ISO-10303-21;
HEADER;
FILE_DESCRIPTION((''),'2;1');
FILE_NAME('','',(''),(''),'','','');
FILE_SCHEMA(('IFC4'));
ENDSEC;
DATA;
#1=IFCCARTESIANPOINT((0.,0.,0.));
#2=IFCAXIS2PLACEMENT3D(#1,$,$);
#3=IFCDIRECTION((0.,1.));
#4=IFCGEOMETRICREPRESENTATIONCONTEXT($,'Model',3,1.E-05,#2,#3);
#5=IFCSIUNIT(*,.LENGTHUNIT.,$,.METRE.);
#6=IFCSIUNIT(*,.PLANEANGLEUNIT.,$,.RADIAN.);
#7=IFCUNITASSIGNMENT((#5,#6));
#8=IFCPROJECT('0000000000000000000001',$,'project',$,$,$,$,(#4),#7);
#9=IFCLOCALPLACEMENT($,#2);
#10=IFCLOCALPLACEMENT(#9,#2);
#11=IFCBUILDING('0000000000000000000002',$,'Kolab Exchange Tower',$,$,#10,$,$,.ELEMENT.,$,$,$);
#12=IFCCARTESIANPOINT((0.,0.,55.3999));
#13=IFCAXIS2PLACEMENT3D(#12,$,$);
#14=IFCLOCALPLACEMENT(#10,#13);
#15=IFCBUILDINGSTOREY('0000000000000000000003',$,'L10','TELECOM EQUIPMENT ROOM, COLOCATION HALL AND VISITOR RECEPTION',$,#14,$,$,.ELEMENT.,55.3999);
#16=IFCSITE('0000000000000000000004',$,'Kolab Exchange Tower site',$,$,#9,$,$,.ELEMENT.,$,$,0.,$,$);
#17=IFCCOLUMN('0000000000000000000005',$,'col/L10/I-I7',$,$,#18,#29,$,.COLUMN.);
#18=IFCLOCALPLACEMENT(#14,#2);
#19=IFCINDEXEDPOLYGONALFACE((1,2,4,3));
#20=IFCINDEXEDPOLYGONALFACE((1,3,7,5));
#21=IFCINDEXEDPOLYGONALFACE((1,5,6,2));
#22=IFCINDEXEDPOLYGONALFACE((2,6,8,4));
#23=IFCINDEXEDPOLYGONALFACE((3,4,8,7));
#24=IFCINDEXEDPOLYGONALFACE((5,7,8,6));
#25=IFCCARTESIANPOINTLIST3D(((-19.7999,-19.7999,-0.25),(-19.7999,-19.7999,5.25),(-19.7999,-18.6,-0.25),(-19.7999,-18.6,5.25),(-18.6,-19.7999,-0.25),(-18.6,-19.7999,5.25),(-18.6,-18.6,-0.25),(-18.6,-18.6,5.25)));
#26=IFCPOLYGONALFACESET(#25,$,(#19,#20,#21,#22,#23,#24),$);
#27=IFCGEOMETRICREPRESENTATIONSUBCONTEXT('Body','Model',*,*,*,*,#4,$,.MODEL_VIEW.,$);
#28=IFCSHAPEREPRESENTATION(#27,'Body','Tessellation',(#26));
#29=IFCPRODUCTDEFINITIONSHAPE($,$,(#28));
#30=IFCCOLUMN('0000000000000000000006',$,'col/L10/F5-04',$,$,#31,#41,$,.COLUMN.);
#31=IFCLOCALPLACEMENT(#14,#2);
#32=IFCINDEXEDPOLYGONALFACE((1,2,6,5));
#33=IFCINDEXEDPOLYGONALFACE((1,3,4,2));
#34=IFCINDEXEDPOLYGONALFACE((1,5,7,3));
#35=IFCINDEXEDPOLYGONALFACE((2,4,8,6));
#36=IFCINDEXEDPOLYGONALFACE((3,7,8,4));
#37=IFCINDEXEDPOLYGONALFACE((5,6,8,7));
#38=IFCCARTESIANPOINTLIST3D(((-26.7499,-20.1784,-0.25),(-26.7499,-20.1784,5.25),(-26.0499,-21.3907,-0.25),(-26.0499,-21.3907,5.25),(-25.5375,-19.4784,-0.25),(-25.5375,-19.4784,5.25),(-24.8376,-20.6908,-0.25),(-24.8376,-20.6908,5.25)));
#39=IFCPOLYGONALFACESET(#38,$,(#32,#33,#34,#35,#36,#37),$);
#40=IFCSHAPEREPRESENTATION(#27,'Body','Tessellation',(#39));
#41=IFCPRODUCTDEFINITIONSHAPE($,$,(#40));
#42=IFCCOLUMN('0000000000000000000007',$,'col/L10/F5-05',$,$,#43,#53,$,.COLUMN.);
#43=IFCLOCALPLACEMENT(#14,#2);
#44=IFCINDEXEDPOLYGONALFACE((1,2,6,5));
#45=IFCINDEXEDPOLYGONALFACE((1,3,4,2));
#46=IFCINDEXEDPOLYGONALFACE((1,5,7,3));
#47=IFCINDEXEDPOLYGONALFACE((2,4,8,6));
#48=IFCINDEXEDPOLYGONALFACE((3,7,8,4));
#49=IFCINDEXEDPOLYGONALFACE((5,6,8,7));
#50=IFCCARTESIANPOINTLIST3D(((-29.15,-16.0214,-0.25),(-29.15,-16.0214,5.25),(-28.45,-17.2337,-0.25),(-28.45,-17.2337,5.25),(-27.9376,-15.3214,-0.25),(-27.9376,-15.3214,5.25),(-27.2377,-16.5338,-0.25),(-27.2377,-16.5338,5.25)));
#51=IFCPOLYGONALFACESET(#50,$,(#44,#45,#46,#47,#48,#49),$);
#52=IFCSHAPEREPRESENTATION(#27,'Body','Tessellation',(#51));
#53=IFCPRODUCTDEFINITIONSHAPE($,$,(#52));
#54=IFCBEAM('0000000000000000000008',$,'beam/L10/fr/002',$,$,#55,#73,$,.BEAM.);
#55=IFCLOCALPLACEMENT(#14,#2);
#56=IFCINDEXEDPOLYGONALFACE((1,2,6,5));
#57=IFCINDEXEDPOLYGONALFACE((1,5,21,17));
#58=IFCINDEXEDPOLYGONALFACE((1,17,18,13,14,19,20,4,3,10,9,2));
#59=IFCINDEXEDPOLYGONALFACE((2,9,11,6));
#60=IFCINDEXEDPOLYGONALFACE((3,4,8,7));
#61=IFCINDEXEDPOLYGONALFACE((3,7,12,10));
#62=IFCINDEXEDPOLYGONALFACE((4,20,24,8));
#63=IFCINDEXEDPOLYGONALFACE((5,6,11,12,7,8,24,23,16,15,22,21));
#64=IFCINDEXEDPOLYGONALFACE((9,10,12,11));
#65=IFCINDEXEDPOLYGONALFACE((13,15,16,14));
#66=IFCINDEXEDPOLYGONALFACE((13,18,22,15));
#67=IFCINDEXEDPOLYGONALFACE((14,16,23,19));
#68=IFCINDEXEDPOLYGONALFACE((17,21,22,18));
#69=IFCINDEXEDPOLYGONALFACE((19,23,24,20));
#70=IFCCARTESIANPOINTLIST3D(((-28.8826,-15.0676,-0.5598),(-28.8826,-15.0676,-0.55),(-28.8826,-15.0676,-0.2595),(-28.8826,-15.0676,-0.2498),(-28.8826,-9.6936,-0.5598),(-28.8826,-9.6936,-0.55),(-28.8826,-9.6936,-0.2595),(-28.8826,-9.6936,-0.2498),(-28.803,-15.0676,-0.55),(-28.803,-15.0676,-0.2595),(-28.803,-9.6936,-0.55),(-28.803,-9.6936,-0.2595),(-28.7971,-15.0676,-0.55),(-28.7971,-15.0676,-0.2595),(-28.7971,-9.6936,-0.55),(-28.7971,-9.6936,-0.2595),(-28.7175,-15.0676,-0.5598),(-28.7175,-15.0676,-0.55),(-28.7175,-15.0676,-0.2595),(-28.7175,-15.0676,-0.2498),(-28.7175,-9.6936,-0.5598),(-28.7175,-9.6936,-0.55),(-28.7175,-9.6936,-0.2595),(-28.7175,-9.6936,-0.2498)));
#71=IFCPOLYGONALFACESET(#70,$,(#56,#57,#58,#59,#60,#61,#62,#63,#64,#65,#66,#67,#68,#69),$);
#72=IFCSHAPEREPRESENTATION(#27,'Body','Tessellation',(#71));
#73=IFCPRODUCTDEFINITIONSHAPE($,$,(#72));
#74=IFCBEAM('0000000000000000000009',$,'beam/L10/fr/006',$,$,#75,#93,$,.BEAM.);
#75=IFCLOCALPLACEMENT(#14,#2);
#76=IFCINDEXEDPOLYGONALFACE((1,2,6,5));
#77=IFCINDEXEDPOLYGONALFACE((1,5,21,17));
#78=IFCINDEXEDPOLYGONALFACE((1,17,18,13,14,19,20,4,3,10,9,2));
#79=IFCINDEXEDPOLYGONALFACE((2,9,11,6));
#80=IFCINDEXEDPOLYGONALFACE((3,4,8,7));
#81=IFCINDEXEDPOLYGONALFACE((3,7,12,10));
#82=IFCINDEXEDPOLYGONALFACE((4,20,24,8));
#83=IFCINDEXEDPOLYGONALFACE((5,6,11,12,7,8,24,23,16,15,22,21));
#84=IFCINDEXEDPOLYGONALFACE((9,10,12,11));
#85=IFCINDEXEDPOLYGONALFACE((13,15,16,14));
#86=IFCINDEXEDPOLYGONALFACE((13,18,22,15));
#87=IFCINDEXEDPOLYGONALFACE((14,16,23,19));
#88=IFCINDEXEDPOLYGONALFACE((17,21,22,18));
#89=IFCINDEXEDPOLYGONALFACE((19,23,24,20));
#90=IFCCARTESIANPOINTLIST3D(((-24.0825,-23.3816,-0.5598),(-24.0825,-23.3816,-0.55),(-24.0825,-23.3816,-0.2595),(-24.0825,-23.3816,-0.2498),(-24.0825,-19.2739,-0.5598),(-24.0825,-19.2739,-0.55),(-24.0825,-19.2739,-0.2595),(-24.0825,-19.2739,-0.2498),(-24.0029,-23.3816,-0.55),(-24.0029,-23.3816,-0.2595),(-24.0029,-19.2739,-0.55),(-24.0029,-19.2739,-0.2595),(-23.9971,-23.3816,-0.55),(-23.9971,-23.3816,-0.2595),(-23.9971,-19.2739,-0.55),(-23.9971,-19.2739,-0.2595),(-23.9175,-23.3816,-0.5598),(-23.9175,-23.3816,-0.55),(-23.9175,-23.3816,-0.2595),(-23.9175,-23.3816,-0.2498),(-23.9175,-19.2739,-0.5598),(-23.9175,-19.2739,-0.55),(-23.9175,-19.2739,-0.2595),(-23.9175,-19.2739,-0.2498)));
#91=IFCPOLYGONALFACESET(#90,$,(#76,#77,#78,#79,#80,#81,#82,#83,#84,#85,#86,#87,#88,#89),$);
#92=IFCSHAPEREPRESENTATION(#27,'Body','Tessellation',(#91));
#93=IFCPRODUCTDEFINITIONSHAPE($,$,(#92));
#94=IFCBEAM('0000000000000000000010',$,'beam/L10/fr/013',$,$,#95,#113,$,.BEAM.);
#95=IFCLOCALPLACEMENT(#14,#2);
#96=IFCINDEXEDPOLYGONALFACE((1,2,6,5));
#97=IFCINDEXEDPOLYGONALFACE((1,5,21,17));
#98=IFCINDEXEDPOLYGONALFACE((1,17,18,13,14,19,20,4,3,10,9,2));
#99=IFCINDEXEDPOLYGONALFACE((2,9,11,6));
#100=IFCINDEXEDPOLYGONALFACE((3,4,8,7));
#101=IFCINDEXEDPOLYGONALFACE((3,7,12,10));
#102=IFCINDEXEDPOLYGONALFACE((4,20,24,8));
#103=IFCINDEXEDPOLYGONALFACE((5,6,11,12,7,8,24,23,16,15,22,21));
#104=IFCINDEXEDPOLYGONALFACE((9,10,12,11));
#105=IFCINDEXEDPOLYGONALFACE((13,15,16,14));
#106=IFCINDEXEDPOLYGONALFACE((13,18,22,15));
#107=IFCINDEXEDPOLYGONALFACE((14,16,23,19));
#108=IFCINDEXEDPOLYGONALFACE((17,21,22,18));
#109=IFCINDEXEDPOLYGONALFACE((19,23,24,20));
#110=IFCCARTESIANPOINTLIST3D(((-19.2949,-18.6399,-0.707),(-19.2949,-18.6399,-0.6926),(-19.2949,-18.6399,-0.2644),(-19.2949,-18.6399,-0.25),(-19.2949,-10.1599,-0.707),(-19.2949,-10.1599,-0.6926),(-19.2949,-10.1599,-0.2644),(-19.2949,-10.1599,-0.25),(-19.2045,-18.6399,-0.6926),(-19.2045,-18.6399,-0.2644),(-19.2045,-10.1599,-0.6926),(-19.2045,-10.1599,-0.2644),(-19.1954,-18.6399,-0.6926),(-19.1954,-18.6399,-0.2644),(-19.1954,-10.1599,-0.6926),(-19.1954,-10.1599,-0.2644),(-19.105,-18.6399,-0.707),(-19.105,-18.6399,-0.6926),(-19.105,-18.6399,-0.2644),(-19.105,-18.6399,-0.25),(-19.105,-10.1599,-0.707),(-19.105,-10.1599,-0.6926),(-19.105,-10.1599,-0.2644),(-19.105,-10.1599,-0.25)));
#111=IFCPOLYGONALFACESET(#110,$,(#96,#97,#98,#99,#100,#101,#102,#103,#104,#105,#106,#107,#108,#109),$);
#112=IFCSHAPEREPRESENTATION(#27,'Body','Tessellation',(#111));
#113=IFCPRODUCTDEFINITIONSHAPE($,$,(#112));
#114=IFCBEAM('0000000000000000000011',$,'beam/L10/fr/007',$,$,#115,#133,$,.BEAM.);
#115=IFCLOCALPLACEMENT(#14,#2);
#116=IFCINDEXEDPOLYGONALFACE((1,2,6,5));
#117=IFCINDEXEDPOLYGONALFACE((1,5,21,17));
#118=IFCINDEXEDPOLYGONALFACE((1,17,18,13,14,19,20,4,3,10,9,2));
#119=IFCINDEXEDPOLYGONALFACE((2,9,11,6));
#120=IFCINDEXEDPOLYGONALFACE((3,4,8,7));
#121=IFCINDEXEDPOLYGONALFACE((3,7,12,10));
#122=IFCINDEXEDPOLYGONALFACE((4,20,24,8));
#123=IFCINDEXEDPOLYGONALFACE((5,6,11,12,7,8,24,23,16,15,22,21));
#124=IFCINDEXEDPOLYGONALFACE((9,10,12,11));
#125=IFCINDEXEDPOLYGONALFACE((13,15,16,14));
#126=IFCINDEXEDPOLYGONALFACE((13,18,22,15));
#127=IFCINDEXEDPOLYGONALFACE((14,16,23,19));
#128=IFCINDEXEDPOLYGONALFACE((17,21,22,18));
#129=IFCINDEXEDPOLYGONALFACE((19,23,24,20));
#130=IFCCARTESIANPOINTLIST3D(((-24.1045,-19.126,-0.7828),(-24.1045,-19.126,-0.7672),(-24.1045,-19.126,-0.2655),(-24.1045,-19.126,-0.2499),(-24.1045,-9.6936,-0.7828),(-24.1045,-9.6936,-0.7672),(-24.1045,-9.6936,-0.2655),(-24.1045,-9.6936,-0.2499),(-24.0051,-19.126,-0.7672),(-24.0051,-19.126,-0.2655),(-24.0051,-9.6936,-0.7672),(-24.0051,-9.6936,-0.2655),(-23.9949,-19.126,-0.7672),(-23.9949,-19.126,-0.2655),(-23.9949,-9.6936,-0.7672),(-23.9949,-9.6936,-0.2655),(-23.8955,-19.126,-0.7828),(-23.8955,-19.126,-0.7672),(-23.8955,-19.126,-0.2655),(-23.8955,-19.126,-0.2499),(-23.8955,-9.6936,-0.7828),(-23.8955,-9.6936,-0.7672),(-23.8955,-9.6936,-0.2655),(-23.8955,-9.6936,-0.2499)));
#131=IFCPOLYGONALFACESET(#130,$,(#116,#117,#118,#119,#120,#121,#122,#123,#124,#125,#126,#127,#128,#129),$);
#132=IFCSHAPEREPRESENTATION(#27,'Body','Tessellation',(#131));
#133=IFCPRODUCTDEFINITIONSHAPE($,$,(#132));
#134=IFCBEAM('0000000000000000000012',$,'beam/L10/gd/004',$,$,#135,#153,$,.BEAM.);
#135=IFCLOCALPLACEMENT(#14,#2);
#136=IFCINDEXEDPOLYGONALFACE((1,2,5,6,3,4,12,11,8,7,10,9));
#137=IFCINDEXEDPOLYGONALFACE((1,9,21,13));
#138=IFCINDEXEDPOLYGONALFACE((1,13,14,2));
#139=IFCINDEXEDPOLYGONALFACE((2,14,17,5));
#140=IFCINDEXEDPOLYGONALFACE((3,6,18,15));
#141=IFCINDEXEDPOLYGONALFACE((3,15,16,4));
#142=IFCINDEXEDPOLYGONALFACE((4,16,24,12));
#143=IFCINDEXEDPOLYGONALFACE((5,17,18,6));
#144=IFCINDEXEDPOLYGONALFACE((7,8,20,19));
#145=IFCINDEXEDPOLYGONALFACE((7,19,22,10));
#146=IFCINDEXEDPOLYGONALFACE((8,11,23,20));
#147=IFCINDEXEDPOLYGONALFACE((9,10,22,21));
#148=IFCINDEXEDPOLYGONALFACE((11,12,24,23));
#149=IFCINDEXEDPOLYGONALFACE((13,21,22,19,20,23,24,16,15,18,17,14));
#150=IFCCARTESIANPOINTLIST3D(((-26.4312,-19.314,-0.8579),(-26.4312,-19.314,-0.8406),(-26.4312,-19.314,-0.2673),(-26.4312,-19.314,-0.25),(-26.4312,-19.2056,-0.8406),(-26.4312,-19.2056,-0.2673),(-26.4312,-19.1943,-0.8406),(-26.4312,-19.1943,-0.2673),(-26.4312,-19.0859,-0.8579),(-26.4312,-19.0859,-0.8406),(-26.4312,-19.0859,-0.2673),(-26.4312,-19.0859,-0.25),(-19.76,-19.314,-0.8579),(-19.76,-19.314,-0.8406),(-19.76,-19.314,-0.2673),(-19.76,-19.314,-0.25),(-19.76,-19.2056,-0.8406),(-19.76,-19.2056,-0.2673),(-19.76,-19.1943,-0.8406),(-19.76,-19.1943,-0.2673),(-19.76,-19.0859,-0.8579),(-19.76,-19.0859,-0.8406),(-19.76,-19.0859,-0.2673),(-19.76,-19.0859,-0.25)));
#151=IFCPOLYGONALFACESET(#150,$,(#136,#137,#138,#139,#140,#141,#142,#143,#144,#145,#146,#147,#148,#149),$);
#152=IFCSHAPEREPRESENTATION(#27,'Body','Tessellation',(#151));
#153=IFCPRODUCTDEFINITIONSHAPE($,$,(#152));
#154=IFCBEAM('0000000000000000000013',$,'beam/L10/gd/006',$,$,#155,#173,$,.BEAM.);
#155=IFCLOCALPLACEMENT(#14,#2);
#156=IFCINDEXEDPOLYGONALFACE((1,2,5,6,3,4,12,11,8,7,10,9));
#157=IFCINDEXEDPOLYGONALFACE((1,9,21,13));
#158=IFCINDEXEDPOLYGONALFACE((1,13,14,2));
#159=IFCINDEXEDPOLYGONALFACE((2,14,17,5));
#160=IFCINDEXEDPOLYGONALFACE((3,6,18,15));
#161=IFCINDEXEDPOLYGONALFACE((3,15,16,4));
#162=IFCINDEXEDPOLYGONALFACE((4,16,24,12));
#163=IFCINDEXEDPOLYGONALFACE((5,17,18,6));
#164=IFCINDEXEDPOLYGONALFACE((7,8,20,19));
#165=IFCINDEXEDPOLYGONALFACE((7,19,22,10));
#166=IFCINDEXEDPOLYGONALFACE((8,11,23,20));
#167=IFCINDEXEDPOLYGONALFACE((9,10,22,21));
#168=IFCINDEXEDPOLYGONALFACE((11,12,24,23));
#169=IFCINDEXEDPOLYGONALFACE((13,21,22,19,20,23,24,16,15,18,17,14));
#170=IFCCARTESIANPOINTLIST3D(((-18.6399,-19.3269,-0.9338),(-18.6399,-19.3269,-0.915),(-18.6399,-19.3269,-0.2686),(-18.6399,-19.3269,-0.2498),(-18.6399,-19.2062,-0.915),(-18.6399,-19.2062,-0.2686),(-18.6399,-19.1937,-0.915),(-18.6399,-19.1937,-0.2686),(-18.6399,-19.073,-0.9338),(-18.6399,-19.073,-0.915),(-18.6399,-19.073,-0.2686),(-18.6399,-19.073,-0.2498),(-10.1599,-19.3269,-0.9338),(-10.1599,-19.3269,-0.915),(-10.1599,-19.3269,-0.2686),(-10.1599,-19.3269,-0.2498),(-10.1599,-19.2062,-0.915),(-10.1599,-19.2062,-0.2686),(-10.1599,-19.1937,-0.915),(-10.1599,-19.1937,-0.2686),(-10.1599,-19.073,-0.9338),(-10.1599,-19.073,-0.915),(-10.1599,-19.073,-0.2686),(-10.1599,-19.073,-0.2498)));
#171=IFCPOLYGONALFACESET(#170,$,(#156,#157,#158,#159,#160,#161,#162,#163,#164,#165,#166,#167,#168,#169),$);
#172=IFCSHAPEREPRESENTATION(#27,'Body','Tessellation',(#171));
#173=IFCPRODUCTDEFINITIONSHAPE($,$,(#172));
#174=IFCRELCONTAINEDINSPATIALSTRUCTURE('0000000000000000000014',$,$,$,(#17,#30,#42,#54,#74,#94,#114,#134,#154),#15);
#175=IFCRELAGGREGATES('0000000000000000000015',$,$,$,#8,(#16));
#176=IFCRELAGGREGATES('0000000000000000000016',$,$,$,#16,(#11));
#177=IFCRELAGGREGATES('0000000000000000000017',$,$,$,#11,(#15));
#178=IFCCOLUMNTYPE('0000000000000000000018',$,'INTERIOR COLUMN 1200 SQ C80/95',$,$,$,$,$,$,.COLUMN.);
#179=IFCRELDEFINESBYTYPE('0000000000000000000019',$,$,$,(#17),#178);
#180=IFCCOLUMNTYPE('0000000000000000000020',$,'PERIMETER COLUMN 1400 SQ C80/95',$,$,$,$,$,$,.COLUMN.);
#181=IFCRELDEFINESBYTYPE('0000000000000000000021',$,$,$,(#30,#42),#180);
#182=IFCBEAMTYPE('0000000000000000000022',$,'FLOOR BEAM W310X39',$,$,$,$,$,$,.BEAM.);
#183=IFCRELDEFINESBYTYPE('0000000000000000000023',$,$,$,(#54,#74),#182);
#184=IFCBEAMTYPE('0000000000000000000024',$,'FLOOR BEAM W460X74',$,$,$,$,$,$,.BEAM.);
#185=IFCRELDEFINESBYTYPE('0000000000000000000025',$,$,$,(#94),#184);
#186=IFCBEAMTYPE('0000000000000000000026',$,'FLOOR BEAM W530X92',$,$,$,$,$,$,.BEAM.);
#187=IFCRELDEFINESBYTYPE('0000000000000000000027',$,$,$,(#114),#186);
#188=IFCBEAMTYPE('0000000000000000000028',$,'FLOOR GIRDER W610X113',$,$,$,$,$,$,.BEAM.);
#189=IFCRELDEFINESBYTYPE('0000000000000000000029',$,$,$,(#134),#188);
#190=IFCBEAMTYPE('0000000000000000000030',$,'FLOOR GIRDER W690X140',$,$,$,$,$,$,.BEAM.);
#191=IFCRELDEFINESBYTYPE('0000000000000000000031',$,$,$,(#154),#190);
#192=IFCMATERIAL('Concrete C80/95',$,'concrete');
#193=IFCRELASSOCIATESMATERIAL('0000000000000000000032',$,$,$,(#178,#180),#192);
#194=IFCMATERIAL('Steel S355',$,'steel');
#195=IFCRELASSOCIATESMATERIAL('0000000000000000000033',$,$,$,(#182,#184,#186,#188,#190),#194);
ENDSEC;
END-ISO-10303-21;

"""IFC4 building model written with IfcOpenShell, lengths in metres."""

from ifc_helpers import new_model, si_unit, direction, frame, origin, origin_2d, place, context, subcontext, project, spatial, rectangle, i_section, extrude, material, material_profile, profile_set, type_object, element, save


model = new_model("IFC4")

# Units and contexts
model_context = context("Model", 3, precision=1e-05, world=origin(), true_north=direction((0.0, 1.0)))
body_context = subcontext(model_context, "Body", "Model", "MODEL_VIEW")
ifc_project = project(units=[si_unit("LENGTHUNIT", "METRE"), si_unit("PLANEANGLEUNIT", "RADIAN")], contexts=[model_context])

# Site, building, storey
site_placement = place(None, origin())
site = spatial("IfcSite", under=ifc_project, at=site_placement, Name="Kolab Exchange Tower site", CompositionType="ELEMENT", RefElevation=0.0)
building_placement = place(site_placement, origin())
building = spatial("IfcBuilding", under=site, at=building_placement, Name="Kolab Exchange Tower", CompositionType="ELEMENT")
storey_placement = place(building_placement, frame((0.0, 0.0, 55.3999)))
storey = spatial("IfcBuildingStorey", under=building, at=storey_placement, Name="L10", Description="TELECOM EQUIPMENT ROOM, COLOCATION HALL AND VISITOR RECEPTION", CompositionType="ELEMENT", Elevation=55.3999)

# Columns
ifc_material_1 = material(Name="Concrete C80/95", Category="concrete")
ifc_material_profile_1 = material_profile(ifc_material_1, rectangle(XDim=1.2, YDim=1.2, at=origin_2d()), Name="RC1200")
ifc_profile_set_1 = profile_set([ifc_material_profile_1], Name="Concrete C80/95")
column_type_1 = type_object("IfcColumnType", Name="INTERIOR COLUMN 1200 SQ C80/95", PredefinedType="COLUMN", material=ifc_profile_set_1)
column_placement = place(storey_placement, frame((-19.2, -19.2, -0.25), z_axis=(0.0, 0.0, 1.0), x_axis=(1.0, 0.0, 0.0)))
element("IfcColumn", 1, at=column_placement, inside=storey, type_object=column_type_1, Name="col/L10/I-I7", PredefinedType="COLUMN", context=body_context, shape_type="SweptSolid", body=[
    extrude(rectangle(XDim=1.2, YDim=1.2, at=origin_2d()), origin(), (0.0, 0.0, 1.0), 5.5),
])
ifc_material_profile_2 = material_profile(ifc_material_1, rectangle(XDim=1.3999, YDim=1.3999, at=origin_2d()), Name="RC1400")
ifc_profile_set_2 = profile_set([ifc_material_profile_2], Name="Concrete C80/95")
column_type_2 = type_object("IfcColumnType", Name="PERIMETER COLUMN 1400 SQ C80/95", PredefinedType="COLUMN", material=ifc_profile_set_2)
for number, where, z_axis, x_axis, name in (
    (2, (-25.7937, -20.4346, -0.25), (0.0, 0.0, 1.0), (0.866025, 0.5, 0.0), "col/L10/F5-04"),
    (3, (-28.1938, -16.2776, -0.25), (0.0, 0.0, 1.0), (0.866025, 0.5, 0.0), "col/L10/F5-05"),
):
    element("IfcColumn", number, at=place(storey_placement, frame(where, z_axis=z_axis, x_axis=x_axis)), inside=storey, type_object=column_type_2, Name=name, PredefinedType="COLUMN", context=body_context, shape_type="SweptSolid", body=[
        extrude(rectangle(XDim=1.3999, YDim=1.3999, at=origin_2d()), origin(), (0.0, 0.0, 1.0), 5.5),
    ])

# Beams
ifc_material_2 = material(Name="Steel S355", Category="steel")
ifc_material_profile_3 = material_profile(ifc_material_2, i_section(OverallWidth=0.165, OverallDepth=0.3101, WebThickness=0.0059, FlangeThickness=0.0098, at=origin_2d()), Name="W310X39")
ifc_profile_set_3 = profile_set([ifc_material_profile_3], Name="Steel S355")
beam_type_1 = type_object("IfcBeamType", Name="FLOOR BEAM W310X39", PredefinedType="BEAM", material=ifc_profile_set_3)
beam_1_placement = place(storey_placement, frame((-28.8, -15.0676, -0.4048), z_axis=(0.0, 1.0, 0.0), x_axis=(-1.0, 0.0, 0.0)))
element("IfcBeam", 4, at=beam_1_placement, inside=storey, type_object=beam_type_1, Name="beam/L10/fr/002", PredefinedType="BEAM", context=body_context, shape_type="SweptSolid", body=[
    extrude(i_section(OverallWidth=0.165, OverallDepth=0.3101, WebThickness=0.0059, FlangeThickness=0.0098, at=origin_2d()), origin(), (0.0, 0.0, 1.0), 5.374),
])
beam_2_placement = place(storey_placement, frame((-24.0, -23.3816, -0.4048), z_axis=(0.0, 1.0, 0.0), x_axis=(-1.0, 0.0, 0.0)))
element("IfcBeam", 5, at=beam_2_placement, inside=storey, type_object=beam_type_1, Name="beam/L10/fr/006", PredefinedType="BEAM", context=body_context, shape_type="SweptSolid", body=[
    extrude(i_section(OverallWidth=0.165, OverallDepth=0.3101, WebThickness=0.0059, FlangeThickness=0.0098, at=origin_2d()), origin(), (0.0, 0.0, 1.0), 4.1077),
])
ifc_material_profile_4 = material_profile(ifc_material_2, i_section(OverallWidth=0.1899, OverallDepth=0.457, WebThickness=0.009, FlangeThickness=0.0144, at=origin_2d()), Name="W460X74")
ifc_profile_set_4 = profile_set([ifc_material_profile_4], Name="Steel S355")
beam_type_2 = type_object("IfcBeamType", Name="FLOOR BEAM W460X74", PredefinedType="BEAM", material=ifc_profile_set_4)
beam_3_placement = place(storey_placement, frame((-19.2, -18.6399, -0.4785), z_axis=(0.0, 1.0, 0.0), x_axis=(-1.0, 0.0, 0.0)))
element("IfcBeam", 6, at=beam_3_placement, inside=storey, type_object=beam_type_2, Name="beam/L10/fr/013", PredefinedType="BEAM", context=body_context, shape_type="SweptSolid", body=[
    extrude(i_section(OverallWidth=0.1899, OverallDepth=0.457, WebThickness=0.009, FlangeThickness=0.0144, at=origin_2d()), origin(), (0.0, 0.0, 1.0), 8.48),
])
ifc_material_profile_5 = material_profile(ifc_material_2, i_section(OverallWidth=0.209, OverallDepth=0.533, WebThickness=0.0103, FlangeThickness=0.0156, at=origin_2d()), Name="W530X92")
ifc_profile_set_5 = profile_set([ifc_material_profile_5], Name="Steel S355")
beam_type_3 = type_object("IfcBeamType", Name="FLOOR BEAM W530X92", PredefinedType="BEAM", material=ifc_profile_set_5)
beam_4_placement = place(storey_placement, frame((-24.0, -19.126, -0.5164), z_axis=(0.0, 1.0, 0.0), x_axis=(-1.0, 0.0, 0.0)))
element("IfcBeam", 7, at=beam_4_placement, inside=storey, type_object=beam_type_3, Name="beam/L10/fr/007", PredefinedType="BEAM", context=body_context, shape_type="SweptSolid", body=[
    extrude(i_section(OverallWidth=0.209, OverallDepth=0.533, WebThickness=0.0103, FlangeThickness=0.0156, at=origin_2d()), origin(), (0.0, 0.0, 1.0), 9.4324),
])
ifc_material_profile_6 = material_profile(ifc_material_2, i_section(OverallWidth=0.228, OverallDepth=0.6079, WebThickness=0.0112, FlangeThickness=0.0173, at=origin_2d()), Name="W610X113")
ifc_profile_set_6 = profile_set([ifc_material_profile_6], Name="Steel S355")
beam_type_4 = type_object("IfcBeamType", Name="FLOOR GIRDER W610X113", PredefinedType="BEAM", material=ifc_profile_set_6)
beam_5_placement = place(storey_placement, frame((-26.4312, -19.2, -0.554), z_axis=(1.0, 0.0, 0.0), x_axis=(0.0, 1.0, 0.0)))
element("IfcBeam", 8, at=beam_5_placement, inside=storey, type_object=beam_type_4, Name="beam/L10/gd/004", PredefinedType="BEAM", context=body_context, shape_type="SweptSolid", body=[
    extrude(i_section(OverallWidth=0.228, OverallDepth=0.6079, WebThickness=0.0112, FlangeThickness=0.0173, at=origin_2d()), origin(), (0.0, 0.0, 1.0), 6.6711),
])
ifc_material_profile_7 = material_profile(ifc_material_2, i_section(OverallWidth=0.2539, OverallDepth=0.6841, WebThickness=0.0125, FlangeThickness=0.0188, at=origin_2d()), Name="W690X140")
ifc_profile_set_7 = profile_set([ifc_material_profile_7], Name="Steel S355")
beam_type_5 = type_object("IfcBeamType", Name="FLOOR GIRDER W690X140", PredefinedType="BEAM", material=ifc_profile_set_7)
beam_6_placement = place(storey_placement, frame((-18.6399, -19.2, -0.5918), z_axis=(1.0, 0.0, 0.0), x_axis=(0.0, 1.0, 0.0)))
element("IfcBeam", 9, at=beam_6_placement, inside=storey, type_object=beam_type_5, Name="beam/L10/gd/006", PredefinedType="BEAM", context=body_context, shape_type="SweptSolid", body=[
    extrude(i_section(OverallWidth=0.2539, OverallDepth=0.6841, WebThickness=0.0125, FlangeThickness=0.0188, at=origin_2d()), origin(), (0.0, 0.0, 1.0), 8.48),
])

save(model, "model.ifc")
